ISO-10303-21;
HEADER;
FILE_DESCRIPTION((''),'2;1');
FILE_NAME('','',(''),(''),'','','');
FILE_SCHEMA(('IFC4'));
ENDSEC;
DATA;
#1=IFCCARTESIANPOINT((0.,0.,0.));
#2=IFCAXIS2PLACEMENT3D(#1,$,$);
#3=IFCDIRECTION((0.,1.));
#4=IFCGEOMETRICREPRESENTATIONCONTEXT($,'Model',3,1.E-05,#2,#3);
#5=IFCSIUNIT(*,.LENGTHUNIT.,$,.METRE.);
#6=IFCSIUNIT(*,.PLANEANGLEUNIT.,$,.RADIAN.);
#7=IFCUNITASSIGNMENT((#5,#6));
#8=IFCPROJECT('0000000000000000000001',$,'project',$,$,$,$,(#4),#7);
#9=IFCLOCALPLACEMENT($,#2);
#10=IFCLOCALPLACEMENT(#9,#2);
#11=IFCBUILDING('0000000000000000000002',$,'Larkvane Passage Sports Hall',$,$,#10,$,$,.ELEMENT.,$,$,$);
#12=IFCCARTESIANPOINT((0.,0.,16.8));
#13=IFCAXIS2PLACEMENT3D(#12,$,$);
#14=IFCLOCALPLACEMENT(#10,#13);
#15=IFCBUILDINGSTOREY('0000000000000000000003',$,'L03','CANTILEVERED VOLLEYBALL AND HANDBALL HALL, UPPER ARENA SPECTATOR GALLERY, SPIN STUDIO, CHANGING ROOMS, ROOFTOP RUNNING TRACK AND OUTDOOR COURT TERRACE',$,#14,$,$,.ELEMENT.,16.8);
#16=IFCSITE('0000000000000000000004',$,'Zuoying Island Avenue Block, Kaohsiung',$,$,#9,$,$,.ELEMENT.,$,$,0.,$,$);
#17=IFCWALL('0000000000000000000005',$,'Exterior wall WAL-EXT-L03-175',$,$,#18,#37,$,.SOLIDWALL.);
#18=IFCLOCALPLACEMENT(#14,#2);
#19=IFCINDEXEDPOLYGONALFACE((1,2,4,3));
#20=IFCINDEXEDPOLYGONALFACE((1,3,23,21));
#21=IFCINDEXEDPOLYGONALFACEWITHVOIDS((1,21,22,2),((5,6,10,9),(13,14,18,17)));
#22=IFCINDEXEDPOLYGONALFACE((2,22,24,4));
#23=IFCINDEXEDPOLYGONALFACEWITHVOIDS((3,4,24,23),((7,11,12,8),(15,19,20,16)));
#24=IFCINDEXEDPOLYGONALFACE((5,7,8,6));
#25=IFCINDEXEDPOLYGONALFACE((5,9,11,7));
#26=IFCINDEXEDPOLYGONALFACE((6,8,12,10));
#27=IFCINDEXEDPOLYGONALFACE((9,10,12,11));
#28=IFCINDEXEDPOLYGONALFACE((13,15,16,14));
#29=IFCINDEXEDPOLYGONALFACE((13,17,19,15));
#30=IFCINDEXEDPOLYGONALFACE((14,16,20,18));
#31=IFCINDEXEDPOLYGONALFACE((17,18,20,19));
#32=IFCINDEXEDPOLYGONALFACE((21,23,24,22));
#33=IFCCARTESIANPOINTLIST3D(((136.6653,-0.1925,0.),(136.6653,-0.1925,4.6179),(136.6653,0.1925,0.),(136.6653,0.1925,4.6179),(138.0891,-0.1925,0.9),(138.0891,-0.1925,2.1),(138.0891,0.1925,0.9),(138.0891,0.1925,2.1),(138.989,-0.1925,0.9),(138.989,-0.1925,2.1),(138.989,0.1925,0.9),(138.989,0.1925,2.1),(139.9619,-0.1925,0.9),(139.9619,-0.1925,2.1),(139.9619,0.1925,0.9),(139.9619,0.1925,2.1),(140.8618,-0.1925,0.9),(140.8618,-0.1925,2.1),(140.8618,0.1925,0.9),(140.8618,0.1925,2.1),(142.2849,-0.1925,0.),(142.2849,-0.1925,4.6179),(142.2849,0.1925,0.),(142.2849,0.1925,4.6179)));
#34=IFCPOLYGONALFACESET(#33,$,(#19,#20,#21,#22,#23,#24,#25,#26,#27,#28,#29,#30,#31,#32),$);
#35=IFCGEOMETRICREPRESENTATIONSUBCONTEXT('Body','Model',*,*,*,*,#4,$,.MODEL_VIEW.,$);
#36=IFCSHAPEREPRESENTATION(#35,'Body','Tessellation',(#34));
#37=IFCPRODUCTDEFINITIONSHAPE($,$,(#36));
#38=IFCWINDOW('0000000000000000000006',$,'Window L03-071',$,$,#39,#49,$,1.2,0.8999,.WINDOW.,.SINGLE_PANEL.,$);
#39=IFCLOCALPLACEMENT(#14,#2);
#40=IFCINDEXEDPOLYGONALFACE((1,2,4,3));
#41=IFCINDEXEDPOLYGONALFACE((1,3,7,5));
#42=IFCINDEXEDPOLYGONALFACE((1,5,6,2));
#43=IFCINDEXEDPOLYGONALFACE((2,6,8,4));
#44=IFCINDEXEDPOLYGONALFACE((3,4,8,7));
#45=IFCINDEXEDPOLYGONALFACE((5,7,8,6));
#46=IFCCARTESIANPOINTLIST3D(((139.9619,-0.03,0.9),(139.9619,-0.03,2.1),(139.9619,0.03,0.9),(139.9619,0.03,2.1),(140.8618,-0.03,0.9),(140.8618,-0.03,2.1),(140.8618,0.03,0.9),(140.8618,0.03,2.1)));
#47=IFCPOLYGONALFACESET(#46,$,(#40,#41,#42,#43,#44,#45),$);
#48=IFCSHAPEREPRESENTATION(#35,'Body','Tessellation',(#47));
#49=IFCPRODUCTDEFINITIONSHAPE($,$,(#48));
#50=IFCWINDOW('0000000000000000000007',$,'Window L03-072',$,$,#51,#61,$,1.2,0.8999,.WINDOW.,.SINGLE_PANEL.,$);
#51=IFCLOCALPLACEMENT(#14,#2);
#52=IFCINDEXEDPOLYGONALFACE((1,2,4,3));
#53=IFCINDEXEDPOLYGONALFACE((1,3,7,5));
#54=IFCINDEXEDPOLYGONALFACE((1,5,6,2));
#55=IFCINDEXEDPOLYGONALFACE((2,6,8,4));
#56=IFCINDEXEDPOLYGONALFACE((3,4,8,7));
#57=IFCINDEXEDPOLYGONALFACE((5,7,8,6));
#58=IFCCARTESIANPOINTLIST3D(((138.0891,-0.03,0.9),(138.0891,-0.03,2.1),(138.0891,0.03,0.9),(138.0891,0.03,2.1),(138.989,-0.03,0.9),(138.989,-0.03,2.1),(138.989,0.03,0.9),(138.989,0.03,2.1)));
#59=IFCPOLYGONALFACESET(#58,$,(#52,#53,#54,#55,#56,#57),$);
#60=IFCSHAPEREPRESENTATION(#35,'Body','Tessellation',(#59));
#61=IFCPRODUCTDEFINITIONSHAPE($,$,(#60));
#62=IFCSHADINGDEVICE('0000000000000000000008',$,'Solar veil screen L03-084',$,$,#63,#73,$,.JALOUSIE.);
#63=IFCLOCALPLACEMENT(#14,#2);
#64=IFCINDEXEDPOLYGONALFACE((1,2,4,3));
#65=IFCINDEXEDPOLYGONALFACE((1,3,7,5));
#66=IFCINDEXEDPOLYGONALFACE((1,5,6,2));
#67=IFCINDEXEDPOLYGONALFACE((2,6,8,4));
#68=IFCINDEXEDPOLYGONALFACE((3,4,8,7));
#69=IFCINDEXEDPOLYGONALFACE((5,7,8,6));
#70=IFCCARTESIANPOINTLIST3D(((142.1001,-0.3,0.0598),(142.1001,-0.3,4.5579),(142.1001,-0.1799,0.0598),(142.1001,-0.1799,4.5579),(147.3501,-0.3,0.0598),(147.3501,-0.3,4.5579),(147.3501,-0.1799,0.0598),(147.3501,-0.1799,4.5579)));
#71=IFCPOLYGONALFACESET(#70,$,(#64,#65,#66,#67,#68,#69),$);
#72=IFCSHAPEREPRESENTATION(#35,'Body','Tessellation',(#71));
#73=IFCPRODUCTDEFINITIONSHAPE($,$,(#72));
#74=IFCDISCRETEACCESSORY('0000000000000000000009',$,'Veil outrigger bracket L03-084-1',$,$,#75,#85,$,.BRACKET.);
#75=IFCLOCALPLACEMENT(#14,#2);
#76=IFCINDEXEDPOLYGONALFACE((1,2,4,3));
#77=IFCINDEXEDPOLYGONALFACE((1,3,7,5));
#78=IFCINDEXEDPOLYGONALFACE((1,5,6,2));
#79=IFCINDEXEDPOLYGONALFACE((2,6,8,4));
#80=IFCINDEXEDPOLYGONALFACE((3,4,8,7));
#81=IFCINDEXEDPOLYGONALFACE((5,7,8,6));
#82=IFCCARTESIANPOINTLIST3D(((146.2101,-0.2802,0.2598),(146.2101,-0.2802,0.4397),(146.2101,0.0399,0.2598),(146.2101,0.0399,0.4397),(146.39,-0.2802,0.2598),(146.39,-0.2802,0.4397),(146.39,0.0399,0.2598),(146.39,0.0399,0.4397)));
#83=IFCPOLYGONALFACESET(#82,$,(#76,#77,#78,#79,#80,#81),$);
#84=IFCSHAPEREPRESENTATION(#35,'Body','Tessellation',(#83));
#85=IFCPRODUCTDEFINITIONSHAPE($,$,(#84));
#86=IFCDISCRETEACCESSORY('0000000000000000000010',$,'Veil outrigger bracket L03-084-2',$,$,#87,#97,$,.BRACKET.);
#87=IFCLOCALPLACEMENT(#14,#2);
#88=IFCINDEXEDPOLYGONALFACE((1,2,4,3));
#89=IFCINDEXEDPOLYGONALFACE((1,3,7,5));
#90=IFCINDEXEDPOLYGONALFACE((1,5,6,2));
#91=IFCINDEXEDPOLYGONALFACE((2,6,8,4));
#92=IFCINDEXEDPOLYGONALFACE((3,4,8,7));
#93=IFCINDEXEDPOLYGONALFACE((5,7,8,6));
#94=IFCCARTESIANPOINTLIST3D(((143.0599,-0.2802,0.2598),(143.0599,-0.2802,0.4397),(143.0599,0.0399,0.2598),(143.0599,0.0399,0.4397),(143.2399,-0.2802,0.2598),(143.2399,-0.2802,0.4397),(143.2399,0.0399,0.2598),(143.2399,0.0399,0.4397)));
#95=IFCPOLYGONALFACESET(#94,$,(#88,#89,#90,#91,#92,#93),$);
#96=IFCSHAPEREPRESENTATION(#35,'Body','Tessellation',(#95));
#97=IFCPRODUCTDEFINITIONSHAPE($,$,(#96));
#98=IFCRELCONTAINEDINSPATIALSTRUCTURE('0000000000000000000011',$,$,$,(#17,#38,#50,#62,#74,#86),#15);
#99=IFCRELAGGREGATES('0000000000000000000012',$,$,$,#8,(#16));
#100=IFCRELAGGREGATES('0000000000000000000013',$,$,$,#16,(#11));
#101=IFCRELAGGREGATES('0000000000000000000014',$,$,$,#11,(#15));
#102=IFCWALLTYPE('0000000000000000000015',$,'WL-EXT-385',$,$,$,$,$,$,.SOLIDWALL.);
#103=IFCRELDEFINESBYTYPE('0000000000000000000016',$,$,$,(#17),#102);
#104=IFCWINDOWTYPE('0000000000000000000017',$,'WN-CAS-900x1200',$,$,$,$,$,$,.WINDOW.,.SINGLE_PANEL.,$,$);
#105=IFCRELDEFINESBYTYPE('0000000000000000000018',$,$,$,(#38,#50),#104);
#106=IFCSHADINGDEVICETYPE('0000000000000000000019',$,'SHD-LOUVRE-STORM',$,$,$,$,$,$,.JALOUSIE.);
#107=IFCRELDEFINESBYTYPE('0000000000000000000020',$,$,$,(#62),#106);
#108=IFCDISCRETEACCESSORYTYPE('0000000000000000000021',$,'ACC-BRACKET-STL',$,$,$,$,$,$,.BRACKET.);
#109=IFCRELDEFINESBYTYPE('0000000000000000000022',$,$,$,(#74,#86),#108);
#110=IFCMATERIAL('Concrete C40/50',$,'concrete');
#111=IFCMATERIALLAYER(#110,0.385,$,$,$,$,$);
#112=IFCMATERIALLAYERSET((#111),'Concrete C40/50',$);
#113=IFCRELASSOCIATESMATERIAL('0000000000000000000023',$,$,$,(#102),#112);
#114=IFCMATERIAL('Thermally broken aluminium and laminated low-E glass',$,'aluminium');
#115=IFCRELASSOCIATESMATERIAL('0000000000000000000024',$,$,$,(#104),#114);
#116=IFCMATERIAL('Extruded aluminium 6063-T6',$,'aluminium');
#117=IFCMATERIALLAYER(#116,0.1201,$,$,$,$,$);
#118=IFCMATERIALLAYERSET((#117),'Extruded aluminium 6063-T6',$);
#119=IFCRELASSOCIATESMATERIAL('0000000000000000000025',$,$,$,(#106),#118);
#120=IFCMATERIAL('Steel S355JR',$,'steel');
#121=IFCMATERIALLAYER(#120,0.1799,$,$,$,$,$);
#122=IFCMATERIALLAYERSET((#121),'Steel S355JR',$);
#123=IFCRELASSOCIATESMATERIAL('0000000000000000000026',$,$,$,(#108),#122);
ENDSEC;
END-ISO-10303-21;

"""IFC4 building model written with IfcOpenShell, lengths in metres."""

from ifc_helpers import new_model, si_unit, direction, frame, frame_2d, origin, origin_2d, place, context, subcontext, project, spatial, rectangle, extrude, material, layer, layer_set, type_object, element, fill, save


model = new_model("IFC4")

# Units and contexts
model_context = context("Model", 3, precision=1e-05, world=origin(), true_north=direction((0.0, 1.0)))
body_context = subcontext(model_context, "Body", "Model", "MODEL_VIEW")
ifc_project = project(units=[si_unit("LENGTHUNIT", "METRE"), si_unit("PLANEANGLEUNIT", "RADIAN")], contexts=[model_context])

# Site, building, storey
site_placement = place(None, origin())
site = spatial("IfcSite", under=ifc_project, at=site_placement, Name="Zuoying Island Avenue Block, Kaohsiung", CompositionType="ELEMENT", RefElevation=0.0)
building_placement = place(site_placement, origin())
building = spatial("IfcBuilding", under=site, at=building_placement, Name="Larkvane Passage Sports Hall", CompositionType="ELEMENT")
storey_placement = place(building_placement, frame((0.0, 0.0, 16.8)))
storey = spatial("IfcBuildingStorey", under=building, at=storey_placement, Name="L03", Description="CANTILEVERED VOLLEYBALL AND HANDBALL HALL, UPPER ARENA SPECTATOR GALLERY, SPIN STUDIO, CHANGING ROOMS, ROOFTOP RUNNING TRACK AND OUTDOOR COURT TERRACE", CompositionType="ELEMENT", Elevation=16.8)

# Wall, openings, windows
ifc_material_1 = material(Name="Concrete C40/50", Category="concrete")
ifc_layer_1 = layer(ifc_material_1, 0.385)
ifc_layer_set_1 = layer_set([ifc_layer_1], Name="Concrete C40/50")
wall_type = type_object("IfcWallType", Name="WL-EXT-385", PredefinedType="SOLIDWALL", material=ifc_layer_set_1)
wall_placement = place(storey_placement, frame((142.2849, 0.0, 0.0), z_axis=(0.0, 0.0, 1.0), x_axis=(-1.0, 0.0, 0.0)))
wall = element("IfcWall", 1, at=wall_placement, inside=storey, type_object=wall_type, Name="Exterior wall WAL-EXT-L03-175", PredefinedType="SOLIDWALL", context=body_context, shape_type="SweptSolid", body=[
    extrude(rectangle(XDim=5.6196, YDim=0.385, at=frame_2d((2.8098, 0.0))), origin(), (0.0, 0.0, 1.0), 4.6179),
])
opening_1_placement = place(wall_placement, frame((1.4231, 0.0, 0.8999)))
opening_1 = element("IfcOpeningElement", 2, at=opening_1_placement, cuts=wall, PredefinedType="OPENING", context=body_context, shape_type="SweptSolid", body=[
    extrude(rectangle(XDim=0.8999, YDim=1.2, at=frame_2d((0.45, 0.6001))), frame((0.0, 0.2024, 0.0), z_axis=(0.0, -1.0, 0.0), x_axis=(1.0, 0.0, 0.0)), (0.0, 0.0, 1.0), 0.405),
])
opening_2_placement = place(wall_placement, frame((3.2959, 0.0, 0.8999)))
opening_2 = element("IfcOpeningElement", 3, at=opening_2_placement, cuts=wall, PredefinedType="OPENING", context=body_context, shape_type="SweptSolid", body=[
    extrude(rectangle(XDim=0.8999, YDim=1.2, at=frame_2d((0.45, 0.6001))), frame((0.0, 0.2024, 0.0), z_axis=(0.0, -1.0, 0.0), x_axis=(1.0, 0.0, 0.0)), (0.0, 0.0, 1.0), 0.405),
])
ifc_material_2 = material(Name="Thermally broken aluminium and laminated low-E glass", Category="aluminium")
window_type = type_object("IfcWindowType", Name="WN-CAS-900x1200", PartitioningType="SINGLE_PANEL", PredefinedType="WINDOW", material=ifc_material_2)
window_1_placement = place(opening_1_placement, origin())
window_1 = element("IfcWindow", 4, at=window_1_placement, inside=storey, type_object=window_type, Name="Window L03-071", OverallHeight=1.2, OverallWidth=0.8999, PartitioningType="SINGLE_PANEL", PredefinedType="WINDOW", context=body_context, shape_type="SweptSolid", body=[
    extrude(rectangle(XDim=0.8999, YDim=1.2, at=frame_2d((0.45, 0.6001))), frame((0.0, 0.03, 0.0), z_axis=(0.0, -1.0, 0.0), x_axis=(1.0, 0.0, 0.0)), (0.0, 0.0, 1.0), 0.0601),
])
fill(opening_1, window_1)
window_2_placement = place(opening_2_placement, origin())
window_2 = element("IfcWindow", 5, at=window_2_placement, inside=storey, type_object=window_type, Name="Window L03-072", OverallHeight=1.2, OverallWidth=0.8999, PartitioningType="SINGLE_PANEL", PredefinedType="WINDOW", context=body_context, shape_type="SweptSolid", body=[
    extrude(rectangle(XDim=0.8999, YDim=1.2, at=frame_2d((0.45, 0.6001))), frame((0.0, 0.03, 0.0), z_axis=(0.0, -1.0, 0.0), x_axis=(1.0, 0.0, 0.0)), (0.0, 0.0, 1.0), 0.0601),
])
fill(opening_2, window_2)

# Shading device
ifc_material_3 = material(Name="Extruded aluminium 6063-T6", Category="aluminium")
ifc_layer_2 = layer(ifc_material_3, 0.1201)
ifc_layer_set_2 = layer_set([ifc_layer_2], Name="Extruded aluminium 6063-T6")
shading_device_type = type_object("IfcShadingDeviceType", Name="SHD-LOUVRE-STORM", PredefinedType="JALOUSIE", material=ifc_layer_set_2)
shading_device_placement = place(storey_placement, frame((144.7251, -0.24, 0.0598), z_axis=(0.0, 0.0, 1.0), x_axis=(-1.0, 0.0, 0.0)))
element("IfcShadingDevice", 6, at=shading_device_placement, inside=storey, type_object=shading_device_type, Name="Solar veil screen L03-084", PredefinedType="JALOUSIE", context=body_context, shape_type="SweptSolid", body=[
    extrude(rectangle(XDim=5.25, YDim=0.1201, at=origin_2d()), origin(), (0.0, 0.0, 1.0), 4.498),
])

# Discrete accessories
ifc_material_4 = material(Name="Steel S355JR", Category="steel")
ifc_layer_3 = layer(ifc_material_4, 0.1799)
ifc_layer_set_3 = layer_set([ifc_layer_3], Name="Steel S355JR")
discrete_accessory_type = type_object("IfcDiscreteAccessoryType", Name="ACC-BRACKET-STL", PredefinedType="BRACKET", material=ifc_layer_set_3)
for number, where, z_axis, x_axis, name in (
    (7, (146.3, -0.1201, 0.2598), (0.0, 0.0, 1.0), (-1.0, 0.0, 0.0), "Veil outrigger bracket L03-084-1"),
    (8, (143.1499, -0.1201, 0.2598), (0.0, 0.0, 1.0), (-1.0, 0.0, 0.0), "Veil outrigger bracket L03-084-2"),
):
    element("IfcDiscreteAccessory", number, at=place(storey_placement, frame(where, z_axis=z_axis, x_axis=x_axis)), inside=storey, type_object=discrete_accessory_type, Name=name, PredefinedType="BRACKET", context=body_context, shape_type="SweptSolid", body=[
        extrude(rectangle(XDim=0.1799, YDim=0.3201, at=origin_2d()), origin(), (0.0, 0.0, 1.0), 0.1799),
    ])

save(model, "model.ifc")
